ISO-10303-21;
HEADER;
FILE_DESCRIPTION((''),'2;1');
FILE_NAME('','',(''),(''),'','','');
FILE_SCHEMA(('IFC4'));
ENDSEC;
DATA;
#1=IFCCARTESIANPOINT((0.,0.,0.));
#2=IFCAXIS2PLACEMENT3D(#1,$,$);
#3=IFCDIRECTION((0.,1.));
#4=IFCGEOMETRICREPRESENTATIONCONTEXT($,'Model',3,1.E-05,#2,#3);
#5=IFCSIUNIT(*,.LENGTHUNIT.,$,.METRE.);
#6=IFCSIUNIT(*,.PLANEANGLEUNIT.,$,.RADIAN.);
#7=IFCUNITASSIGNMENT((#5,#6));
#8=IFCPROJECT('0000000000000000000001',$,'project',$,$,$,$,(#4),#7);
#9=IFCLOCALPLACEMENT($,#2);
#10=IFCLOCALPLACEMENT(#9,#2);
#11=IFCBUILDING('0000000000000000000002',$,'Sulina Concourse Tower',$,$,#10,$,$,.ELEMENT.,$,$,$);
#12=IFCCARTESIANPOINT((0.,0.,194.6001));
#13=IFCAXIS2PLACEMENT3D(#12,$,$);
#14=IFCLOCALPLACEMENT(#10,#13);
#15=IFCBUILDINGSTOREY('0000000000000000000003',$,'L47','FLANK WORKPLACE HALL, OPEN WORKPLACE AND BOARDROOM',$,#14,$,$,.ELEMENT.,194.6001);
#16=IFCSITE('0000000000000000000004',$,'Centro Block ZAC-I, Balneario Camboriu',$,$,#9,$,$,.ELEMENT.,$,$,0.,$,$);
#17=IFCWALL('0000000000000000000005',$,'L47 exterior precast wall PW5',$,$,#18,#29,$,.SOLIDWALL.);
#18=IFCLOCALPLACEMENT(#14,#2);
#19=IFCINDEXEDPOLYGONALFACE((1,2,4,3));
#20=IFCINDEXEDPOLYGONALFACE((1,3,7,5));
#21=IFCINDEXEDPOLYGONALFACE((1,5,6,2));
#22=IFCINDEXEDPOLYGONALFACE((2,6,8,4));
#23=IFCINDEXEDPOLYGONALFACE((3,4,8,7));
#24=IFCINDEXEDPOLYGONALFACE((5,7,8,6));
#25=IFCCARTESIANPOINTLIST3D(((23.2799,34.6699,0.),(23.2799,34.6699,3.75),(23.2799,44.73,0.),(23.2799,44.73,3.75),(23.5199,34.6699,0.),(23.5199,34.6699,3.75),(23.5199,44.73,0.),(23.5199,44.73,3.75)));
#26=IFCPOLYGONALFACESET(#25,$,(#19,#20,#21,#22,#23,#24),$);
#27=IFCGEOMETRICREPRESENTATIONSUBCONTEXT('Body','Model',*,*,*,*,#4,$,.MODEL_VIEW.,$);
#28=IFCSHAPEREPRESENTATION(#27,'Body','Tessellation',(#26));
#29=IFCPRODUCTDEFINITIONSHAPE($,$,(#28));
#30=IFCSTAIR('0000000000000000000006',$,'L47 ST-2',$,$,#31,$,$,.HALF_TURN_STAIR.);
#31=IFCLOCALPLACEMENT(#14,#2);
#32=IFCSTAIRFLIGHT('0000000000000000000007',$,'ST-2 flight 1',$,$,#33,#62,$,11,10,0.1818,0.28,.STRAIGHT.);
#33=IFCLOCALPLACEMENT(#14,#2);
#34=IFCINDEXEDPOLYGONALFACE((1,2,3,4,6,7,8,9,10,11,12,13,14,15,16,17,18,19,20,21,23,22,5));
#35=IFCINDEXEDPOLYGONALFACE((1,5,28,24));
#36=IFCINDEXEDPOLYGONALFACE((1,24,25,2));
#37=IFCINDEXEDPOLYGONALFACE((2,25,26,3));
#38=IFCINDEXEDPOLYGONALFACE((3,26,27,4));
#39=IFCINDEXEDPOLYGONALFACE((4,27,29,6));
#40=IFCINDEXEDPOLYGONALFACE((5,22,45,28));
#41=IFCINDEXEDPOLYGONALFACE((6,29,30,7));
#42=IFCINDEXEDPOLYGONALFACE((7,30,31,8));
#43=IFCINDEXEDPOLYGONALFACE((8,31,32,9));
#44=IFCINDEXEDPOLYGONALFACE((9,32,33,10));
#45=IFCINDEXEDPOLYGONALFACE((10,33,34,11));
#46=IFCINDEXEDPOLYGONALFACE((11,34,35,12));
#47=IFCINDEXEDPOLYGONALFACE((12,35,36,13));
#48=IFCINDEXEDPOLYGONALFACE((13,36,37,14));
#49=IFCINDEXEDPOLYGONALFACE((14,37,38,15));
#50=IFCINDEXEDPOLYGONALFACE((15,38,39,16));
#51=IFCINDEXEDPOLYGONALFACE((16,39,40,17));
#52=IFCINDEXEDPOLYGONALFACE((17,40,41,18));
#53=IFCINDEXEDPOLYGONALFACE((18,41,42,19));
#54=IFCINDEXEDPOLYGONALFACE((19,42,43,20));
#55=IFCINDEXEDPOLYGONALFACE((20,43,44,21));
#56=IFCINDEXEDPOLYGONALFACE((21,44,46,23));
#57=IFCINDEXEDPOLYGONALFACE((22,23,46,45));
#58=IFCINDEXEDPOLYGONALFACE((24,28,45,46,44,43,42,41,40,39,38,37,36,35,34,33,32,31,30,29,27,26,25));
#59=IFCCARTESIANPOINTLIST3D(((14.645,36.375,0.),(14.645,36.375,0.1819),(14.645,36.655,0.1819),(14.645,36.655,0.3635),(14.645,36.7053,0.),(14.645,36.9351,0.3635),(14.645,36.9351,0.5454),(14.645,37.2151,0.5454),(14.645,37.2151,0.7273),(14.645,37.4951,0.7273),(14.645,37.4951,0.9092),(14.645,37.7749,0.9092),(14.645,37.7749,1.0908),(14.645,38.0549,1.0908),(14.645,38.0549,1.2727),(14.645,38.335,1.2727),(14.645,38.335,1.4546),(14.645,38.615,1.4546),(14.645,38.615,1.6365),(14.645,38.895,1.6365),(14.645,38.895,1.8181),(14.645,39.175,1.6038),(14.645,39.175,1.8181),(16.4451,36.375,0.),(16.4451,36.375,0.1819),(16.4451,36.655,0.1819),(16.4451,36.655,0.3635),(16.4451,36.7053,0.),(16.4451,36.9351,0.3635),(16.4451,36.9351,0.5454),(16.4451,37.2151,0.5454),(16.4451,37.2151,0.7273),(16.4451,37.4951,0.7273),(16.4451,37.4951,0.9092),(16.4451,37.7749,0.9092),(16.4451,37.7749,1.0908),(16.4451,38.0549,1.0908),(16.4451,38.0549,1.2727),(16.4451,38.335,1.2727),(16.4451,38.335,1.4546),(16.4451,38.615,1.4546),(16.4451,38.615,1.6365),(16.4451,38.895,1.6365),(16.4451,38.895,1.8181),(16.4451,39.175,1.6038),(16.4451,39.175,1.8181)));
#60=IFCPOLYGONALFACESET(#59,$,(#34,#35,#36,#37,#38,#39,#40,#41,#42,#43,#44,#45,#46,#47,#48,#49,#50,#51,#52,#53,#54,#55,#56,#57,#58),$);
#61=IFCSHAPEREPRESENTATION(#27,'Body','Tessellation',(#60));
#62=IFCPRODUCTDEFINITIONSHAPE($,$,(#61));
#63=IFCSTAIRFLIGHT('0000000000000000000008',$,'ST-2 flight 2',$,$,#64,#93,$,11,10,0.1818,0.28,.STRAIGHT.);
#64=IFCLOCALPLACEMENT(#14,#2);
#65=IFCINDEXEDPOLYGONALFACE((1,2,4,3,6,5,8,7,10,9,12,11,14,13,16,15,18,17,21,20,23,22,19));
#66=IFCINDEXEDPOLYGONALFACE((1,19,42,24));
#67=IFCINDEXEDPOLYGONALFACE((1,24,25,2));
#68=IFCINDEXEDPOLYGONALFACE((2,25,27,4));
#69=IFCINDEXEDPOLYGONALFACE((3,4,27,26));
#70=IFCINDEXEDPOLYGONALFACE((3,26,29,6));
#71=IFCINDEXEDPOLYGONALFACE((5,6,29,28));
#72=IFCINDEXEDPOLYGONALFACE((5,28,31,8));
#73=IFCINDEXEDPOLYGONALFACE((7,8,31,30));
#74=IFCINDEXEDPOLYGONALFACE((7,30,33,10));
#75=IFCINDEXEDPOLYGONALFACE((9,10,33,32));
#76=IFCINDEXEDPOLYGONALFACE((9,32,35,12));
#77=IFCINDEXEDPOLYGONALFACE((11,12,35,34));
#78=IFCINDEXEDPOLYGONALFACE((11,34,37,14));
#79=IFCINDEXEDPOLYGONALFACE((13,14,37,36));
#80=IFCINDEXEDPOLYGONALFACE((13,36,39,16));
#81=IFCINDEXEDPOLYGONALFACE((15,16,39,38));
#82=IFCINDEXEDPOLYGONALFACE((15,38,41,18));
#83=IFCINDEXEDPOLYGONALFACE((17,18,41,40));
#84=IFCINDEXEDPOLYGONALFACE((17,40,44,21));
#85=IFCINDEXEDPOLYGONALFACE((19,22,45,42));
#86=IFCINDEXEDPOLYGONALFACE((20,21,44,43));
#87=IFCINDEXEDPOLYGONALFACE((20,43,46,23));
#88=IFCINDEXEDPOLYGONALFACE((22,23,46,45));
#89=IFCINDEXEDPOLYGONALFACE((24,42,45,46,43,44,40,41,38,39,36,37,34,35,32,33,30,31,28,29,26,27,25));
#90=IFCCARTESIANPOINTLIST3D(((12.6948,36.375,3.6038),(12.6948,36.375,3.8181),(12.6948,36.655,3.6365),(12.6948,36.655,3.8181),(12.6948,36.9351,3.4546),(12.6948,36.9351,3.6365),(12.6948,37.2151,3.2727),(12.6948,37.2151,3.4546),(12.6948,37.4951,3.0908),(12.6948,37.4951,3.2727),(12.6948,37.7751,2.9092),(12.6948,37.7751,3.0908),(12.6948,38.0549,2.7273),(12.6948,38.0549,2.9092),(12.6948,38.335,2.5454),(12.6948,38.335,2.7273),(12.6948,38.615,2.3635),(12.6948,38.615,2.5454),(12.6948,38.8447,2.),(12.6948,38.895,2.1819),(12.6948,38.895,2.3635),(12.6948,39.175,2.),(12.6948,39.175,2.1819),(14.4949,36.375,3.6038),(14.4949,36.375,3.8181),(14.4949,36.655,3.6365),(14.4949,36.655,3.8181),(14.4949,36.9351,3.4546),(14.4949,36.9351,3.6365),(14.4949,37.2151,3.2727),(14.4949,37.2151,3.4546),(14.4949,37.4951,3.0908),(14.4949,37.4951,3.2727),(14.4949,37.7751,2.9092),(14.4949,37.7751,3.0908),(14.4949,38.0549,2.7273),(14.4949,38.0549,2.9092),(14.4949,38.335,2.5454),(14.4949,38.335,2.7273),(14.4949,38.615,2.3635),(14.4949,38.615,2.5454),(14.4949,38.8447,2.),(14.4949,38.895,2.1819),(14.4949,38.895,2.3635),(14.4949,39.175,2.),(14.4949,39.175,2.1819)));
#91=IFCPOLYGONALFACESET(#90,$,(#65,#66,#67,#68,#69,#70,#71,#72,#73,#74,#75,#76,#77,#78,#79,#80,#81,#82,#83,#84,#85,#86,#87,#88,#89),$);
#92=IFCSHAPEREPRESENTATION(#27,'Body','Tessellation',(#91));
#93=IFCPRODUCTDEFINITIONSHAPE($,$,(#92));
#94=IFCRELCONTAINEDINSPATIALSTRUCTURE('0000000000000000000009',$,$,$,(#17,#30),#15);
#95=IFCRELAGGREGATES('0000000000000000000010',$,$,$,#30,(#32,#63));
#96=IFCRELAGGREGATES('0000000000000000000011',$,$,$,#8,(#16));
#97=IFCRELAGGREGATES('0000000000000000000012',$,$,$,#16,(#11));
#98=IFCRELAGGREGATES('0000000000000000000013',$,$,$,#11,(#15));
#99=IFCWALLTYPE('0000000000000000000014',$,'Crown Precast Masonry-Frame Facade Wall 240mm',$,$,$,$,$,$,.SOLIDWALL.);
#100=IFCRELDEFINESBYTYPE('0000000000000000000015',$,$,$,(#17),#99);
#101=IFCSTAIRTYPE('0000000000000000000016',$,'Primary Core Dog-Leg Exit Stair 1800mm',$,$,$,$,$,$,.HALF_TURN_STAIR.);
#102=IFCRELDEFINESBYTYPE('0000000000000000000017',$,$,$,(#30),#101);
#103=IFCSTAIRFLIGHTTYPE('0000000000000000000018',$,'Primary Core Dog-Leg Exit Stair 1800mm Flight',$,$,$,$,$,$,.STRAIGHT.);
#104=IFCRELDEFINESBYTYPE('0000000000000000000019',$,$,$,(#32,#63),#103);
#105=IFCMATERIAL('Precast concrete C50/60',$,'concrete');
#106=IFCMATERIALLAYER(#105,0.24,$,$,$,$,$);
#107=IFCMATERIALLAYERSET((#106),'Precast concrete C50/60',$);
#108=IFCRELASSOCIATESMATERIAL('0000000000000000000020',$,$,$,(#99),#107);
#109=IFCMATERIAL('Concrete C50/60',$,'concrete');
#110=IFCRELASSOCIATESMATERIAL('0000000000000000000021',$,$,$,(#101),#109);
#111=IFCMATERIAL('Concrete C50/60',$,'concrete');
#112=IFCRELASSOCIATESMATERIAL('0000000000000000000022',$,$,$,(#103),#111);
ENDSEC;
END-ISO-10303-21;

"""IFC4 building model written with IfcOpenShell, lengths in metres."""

from ifc_helpers import new_model, si_unit, direction, frame, frame_2d, origin, place, context, subcontext, project, spatial, polyline, rectangle, outline, extrude, material, layer, layer_set, type_object, element, aggregate, save


model = new_model("IFC4")

# Units and contexts
model_context = context("Model", 3, precision=1e-05, world=origin(), true_north=direction((0.0, 1.0)))
body_context = subcontext(model_context, "Body", "Model", "MODEL_VIEW")
ifc_project = project(units=[si_unit("LENGTHUNIT", "METRE"), si_unit("PLANEANGLEUNIT", "RADIAN")], contexts=[model_context])

# Site, building, storey
site_placement = place(None, origin())
site = spatial("IfcSite", under=ifc_project, at=site_placement, Name="Centro Block ZAC-I, Balneario Camboriu", CompositionType="ELEMENT", RefElevation=0.0)
building_placement = place(site_placement, origin())
building = spatial("IfcBuilding", under=site, at=building_placement, Name="Sulina Concourse Tower", CompositionType="ELEMENT")
storey_placement = place(building_placement, frame((0.0, 0.0, 194.6001)))
storey = spatial("IfcBuildingStorey", under=building, at=storey_placement, Name="L47", Description="FLANK WORKPLACE HALL, OPEN WORKPLACE AND BOARDROOM", CompositionType="ELEMENT", Elevation=194.6001)

# Wall
ifc_material_1 = material(Name="Precast concrete C50/60", Category="concrete")
ifc_layer_1 = layer(ifc_material_1, 0.24)
ifc_layer_set_1 = layer_set([ifc_layer_1], Name="Precast concrete C50/60")
wall_type_1 = type_object("IfcWallType", Name="Crown Precast Masonry-Frame Facade Wall 240mm", PredefinedType="SOLIDWALL", material=ifc_layer_set_1)
wall_1_placement = place(storey_placement, frame((23.3999, 44.73, 0.0), z_axis=(0.0, 0.0, 1.0), x_axis=(0.0, -1.0, 0.0)))
element("IfcWall", 1, at=wall_1_placement, inside=storey, type_object=wall_type_1, Name="L47 exterior precast wall PW5", PredefinedType="SOLIDWALL", context=body_context, shape_type="SweptSolid", body=[
    extrude(rectangle(XDim=10.0601, YDim=0.24, at=frame_2d((5.03, 0.0))), origin(), (0.0, 0.0, 1.0), 3.75),
])

# Stair, stair flights
ifc_material_2 = material(Name="Concrete C50/60", Category="concrete")
stair_type = type_object("IfcStairType", Name="Primary Core Dog-Leg Exit Stair 1800mm", PredefinedType="HALF_TURN_STAIR", material=ifc_material_2)
stair_placement = place(storey_placement, origin())
stair = element("IfcStair", 2, at=stair_placement, inside=storey, type_object=stair_type, Name="L47 ST-2", PredefinedType="HALF_TURN_STAIR")
ifc_material_3 = material(Name="Concrete C50/60", Category="concrete")
stair_flight_type = type_object("IfcStairFlightType", Name="Primary Core Dog-Leg Exit Stair 1800mm Flight", PredefinedType="STRAIGHT", material=ifc_material_3)
stair_flight_1_placement = place(storey_placement, frame((15.5449, 36.375, 0.0), z_axis=(0.0, 0.0, 1.0), x_axis=(0.0, 1.0, 0.0)))
stair_flight_1 = element("IfcStairFlight", 3, at=stair_flight_1_placement, type_object=stair_flight_type, Name="ST-2 flight 1", NumberOfRisers=11, NumberOfTreads=10, PredefinedType="STRAIGHT", RiserHeight=0.1818, TreadLength=0.28, context=body_context, shape_type="SweptSolid", body=[
    extrude(outline(polyline([(0.0, 0.0), (0.0, 0.1819), (0.28, 0.1819), (0.28, 0.3635), (0.5601, 0.3635), (0.5601, 0.5454), (0.8401, 0.5454), (0.8401, 0.7273), (1.1201, 0.7273), (1.1201, 0.9092), (1.3999, 0.9092), (1.3999, 1.0908), (1.6799, 1.0908), (1.6799, 1.2727), (1.96, 1.2727), (1.96, 1.4546), (2.24, 1.4546), (2.24, 1.6365), (2.52, 1.6365), (2.52, 1.8181), (2.8, 1.8181), (2.8, 2.0), (2.8, 1.6038), (0.3303, 0.0), (0.0, 0.0)])), frame((0.0, 0.8999, 0.0), z_axis=(0.0, -1.0, 0.0), x_axis=(1.0, 0.0, 0.0)), (0.0, 0.0, 1.0), 1.8),
])
stair_flight_2_placement = place(storey_placement, frame((13.595, 39.175, 2.0), z_axis=(0.0, 0.0, 1.0), x_axis=(0.0, -1.0, 0.0)))
stair_flight_2 = element("IfcStairFlight", 4, at=stair_flight_2_placement, type_object=stair_flight_type, Name="ST-2 flight 2", NumberOfRisers=11, NumberOfTreads=10, PredefinedType="STRAIGHT", RiserHeight=0.1818, TreadLength=0.28, context=body_context, shape_type="SweptSolid", body=[
    extrude(outline(polyline([(0.0, 0.0), (0.0, 0.1819), (0.28, 0.1819), (0.28, 0.3635), (0.5601, 0.3635), (0.5601, 0.5454), (0.8401, 0.5454), (0.8401, 0.7273), (1.1201, 0.7273), (1.1201, 0.9092), (1.3999, 0.9092), (1.3999, 1.0908), (1.6799, 1.0908), (1.6799, 1.2727), (1.96, 1.2727), (1.96, 1.4546), (2.24, 1.4546), (2.24, 1.6365), (2.52, 1.6365), (2.52, 1.8181), (2.8, 1.8181), (2.8, 2.0), (2.8, 1.6038), (0.3303, 0.0), (0.0, 0.0)])), frame((0.0, 0.8999, 0.0), z_axis=(0.0, -1.0, 0.0), x_axis=(1.0, 0.0, 0.0)), (0.0, 0.0, 1.0), 1.8),
])
aggregate(stair, [stair_flight_1, stair_flight_2])

save(model, "model.ifc")
